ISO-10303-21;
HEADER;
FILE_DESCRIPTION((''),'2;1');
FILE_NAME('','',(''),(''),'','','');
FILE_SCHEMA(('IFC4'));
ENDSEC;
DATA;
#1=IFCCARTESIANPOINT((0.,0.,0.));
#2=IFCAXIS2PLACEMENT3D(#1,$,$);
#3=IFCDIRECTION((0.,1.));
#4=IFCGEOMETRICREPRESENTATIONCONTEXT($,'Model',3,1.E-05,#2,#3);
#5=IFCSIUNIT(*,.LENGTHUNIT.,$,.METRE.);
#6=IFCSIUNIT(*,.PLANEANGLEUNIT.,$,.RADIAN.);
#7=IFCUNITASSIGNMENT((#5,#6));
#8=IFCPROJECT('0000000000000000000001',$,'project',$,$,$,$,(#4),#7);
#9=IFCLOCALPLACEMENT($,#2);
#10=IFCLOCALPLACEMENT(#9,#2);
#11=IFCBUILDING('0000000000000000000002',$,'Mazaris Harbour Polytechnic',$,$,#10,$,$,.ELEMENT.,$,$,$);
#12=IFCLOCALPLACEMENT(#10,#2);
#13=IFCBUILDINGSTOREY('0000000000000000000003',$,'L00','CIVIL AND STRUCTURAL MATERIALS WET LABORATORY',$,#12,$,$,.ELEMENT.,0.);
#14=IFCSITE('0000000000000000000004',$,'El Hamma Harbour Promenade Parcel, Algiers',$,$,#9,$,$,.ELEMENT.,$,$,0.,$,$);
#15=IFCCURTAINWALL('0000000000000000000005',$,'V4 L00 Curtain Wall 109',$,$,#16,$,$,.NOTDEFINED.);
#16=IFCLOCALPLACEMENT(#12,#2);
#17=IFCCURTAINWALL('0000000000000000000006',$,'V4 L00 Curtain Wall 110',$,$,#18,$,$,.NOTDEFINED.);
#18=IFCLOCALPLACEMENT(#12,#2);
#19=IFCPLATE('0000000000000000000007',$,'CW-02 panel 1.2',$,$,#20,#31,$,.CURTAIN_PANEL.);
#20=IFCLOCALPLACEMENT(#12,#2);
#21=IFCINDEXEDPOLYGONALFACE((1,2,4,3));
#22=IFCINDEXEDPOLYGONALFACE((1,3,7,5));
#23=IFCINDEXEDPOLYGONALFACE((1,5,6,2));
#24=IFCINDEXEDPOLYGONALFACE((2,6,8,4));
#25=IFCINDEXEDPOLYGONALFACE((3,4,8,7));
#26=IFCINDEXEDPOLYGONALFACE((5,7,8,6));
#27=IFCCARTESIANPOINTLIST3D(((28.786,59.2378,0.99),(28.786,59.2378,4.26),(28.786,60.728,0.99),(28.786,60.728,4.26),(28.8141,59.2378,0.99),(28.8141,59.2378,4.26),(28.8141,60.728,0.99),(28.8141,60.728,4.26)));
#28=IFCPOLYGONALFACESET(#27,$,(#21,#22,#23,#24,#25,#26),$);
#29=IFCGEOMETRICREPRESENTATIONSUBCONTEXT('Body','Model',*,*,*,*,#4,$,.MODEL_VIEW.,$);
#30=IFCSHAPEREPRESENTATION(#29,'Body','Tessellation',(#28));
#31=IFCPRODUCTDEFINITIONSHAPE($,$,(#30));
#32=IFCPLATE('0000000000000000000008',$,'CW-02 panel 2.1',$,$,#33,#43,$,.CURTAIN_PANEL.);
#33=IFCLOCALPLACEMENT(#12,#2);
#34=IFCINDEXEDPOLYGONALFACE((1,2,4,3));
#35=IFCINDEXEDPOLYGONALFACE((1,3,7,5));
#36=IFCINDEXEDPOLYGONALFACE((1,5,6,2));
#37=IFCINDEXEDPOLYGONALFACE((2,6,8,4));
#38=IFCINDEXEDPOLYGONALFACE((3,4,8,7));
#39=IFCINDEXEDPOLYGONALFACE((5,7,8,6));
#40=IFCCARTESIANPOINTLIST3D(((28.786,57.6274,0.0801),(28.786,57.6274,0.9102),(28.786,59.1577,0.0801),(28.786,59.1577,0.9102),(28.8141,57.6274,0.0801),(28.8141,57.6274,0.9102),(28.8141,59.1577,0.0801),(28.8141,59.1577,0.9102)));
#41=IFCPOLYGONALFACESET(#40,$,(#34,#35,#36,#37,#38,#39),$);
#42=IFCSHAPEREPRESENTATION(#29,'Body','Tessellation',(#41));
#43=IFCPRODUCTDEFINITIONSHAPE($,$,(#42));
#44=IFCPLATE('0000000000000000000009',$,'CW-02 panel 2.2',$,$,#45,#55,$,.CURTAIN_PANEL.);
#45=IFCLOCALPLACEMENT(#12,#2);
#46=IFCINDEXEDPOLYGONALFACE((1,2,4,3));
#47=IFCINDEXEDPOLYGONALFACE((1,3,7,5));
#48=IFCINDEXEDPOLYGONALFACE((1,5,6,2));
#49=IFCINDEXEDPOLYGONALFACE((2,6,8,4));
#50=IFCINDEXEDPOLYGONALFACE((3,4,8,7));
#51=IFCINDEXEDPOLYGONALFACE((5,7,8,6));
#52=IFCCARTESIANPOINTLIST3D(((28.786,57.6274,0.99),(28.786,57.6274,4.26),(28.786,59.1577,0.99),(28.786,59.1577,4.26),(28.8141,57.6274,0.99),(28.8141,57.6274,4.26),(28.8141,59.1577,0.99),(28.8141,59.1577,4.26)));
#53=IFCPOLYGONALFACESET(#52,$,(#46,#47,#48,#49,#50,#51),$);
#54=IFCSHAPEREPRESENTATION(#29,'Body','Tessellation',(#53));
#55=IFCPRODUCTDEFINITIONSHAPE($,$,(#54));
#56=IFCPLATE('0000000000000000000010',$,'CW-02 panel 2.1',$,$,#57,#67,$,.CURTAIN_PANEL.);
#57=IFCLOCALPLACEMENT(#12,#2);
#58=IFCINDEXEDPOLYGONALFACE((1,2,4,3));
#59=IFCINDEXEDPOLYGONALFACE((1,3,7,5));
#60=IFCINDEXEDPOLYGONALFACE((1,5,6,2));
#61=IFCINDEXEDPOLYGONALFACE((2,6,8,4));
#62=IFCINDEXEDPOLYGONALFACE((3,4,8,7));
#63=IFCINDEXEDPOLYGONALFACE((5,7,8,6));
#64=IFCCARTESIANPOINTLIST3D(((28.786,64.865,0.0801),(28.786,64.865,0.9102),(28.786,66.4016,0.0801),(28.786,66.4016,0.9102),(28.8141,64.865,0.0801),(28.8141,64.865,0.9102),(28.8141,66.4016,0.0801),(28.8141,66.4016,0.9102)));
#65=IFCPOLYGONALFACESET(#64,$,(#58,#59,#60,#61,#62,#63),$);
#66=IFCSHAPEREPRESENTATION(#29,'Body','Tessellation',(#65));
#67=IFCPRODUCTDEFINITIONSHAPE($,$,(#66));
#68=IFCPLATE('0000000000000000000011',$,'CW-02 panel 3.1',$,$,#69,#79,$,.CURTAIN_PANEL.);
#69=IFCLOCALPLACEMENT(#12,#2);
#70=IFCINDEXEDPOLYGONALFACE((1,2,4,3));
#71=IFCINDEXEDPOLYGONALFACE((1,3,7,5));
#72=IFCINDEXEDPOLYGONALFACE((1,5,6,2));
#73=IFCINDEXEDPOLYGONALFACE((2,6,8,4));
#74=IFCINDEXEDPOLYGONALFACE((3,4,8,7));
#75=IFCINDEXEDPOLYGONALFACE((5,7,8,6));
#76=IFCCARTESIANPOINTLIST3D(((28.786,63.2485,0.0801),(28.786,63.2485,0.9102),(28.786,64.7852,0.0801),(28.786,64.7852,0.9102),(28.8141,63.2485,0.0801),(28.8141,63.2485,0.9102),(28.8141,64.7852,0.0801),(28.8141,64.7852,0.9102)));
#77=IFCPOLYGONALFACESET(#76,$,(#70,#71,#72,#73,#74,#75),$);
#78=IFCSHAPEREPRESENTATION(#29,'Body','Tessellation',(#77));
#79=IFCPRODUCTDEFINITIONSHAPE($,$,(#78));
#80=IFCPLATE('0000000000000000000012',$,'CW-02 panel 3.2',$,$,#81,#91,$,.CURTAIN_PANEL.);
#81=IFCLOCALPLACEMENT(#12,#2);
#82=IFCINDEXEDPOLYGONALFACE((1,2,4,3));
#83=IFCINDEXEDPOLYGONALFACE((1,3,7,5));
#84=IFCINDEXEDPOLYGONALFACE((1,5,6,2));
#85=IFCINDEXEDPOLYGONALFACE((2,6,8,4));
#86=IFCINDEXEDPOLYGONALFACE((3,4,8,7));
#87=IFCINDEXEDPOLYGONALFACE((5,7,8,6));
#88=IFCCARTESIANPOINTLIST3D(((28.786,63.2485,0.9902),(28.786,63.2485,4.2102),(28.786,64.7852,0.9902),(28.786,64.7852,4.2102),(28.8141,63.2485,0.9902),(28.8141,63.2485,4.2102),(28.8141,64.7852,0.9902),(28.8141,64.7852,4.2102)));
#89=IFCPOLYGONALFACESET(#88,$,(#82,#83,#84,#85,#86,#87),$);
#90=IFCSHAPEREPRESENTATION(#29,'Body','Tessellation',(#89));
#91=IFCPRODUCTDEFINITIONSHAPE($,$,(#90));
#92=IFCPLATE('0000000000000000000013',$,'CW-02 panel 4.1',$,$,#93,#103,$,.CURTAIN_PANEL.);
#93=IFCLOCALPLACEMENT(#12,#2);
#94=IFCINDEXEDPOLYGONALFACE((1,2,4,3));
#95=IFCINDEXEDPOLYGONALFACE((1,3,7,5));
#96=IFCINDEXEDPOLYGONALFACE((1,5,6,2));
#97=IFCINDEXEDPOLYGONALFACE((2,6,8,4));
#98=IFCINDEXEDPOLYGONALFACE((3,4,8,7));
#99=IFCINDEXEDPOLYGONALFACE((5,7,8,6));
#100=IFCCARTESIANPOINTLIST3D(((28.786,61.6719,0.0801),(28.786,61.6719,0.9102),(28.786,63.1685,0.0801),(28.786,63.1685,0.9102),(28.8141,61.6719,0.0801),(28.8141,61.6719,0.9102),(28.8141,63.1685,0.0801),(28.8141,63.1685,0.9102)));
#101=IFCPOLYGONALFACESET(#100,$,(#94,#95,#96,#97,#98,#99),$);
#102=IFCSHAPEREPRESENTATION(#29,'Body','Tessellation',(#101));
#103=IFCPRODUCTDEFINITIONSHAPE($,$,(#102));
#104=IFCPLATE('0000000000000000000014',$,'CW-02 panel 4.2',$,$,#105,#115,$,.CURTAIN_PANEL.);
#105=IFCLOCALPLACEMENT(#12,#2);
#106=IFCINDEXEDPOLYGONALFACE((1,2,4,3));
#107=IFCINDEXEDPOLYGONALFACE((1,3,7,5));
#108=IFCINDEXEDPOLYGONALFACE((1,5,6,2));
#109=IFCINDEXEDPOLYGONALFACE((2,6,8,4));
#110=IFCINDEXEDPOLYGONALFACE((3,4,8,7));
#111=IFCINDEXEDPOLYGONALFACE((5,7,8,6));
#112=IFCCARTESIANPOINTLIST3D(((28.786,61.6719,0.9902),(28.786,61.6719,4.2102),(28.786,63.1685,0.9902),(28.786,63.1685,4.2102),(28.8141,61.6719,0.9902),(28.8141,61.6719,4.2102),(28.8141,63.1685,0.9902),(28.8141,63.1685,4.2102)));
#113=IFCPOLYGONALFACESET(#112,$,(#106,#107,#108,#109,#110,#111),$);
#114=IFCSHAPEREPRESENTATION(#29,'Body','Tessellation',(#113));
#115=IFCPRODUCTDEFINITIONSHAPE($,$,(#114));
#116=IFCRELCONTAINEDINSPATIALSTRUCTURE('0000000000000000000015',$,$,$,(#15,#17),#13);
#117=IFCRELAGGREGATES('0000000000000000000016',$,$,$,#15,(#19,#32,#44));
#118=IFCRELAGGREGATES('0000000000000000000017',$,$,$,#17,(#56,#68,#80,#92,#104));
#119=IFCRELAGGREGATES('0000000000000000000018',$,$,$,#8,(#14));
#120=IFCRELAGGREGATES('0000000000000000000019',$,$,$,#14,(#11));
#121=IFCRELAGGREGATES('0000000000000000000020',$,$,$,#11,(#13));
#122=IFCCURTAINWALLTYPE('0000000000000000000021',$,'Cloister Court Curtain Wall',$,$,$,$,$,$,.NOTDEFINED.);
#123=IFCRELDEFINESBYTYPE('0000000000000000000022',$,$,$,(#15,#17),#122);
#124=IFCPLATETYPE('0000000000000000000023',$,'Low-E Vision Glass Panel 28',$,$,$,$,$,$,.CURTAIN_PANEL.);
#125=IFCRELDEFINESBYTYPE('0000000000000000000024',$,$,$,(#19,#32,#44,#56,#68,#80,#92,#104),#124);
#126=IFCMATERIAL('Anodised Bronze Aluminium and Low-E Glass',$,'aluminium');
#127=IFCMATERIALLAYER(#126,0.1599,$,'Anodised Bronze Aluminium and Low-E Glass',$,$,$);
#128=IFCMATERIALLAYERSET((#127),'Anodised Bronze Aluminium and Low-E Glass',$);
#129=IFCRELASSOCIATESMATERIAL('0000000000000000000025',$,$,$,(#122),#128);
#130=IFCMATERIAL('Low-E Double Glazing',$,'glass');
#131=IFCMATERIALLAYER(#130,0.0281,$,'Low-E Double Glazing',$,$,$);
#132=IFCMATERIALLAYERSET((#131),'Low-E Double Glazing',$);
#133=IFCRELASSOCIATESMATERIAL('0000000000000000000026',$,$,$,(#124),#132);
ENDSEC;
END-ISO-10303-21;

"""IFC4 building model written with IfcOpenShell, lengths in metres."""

from ifc_helpers import new_model, si_unit, direction, frame, origin, origin_2d, place, context, subcontext, project, spatial, rectangle, extrude, material, layer, layer_set, type_object, element, aggregate, save


model = new_model("IFC4")

# Units and contexts
model_context = context("Model", 3, precision=1e-05, world=origin(), true_north=direction((0.0, 1.0)))
body_context = subcontext(model_context, "Body", "Model", "MODEL_VIEW")
ifc_project = project(units=[si_unit("LENGTHUNIT", "METRE"), si_unit("PLANEANGLEUNIT", "RADIAN")], contexts=[model_context])

# Site, building, storey
site_placement = place(None, origin())
site = spatial("IfcSite", under=ifc_project, at=site_placement, Name="El Hamma Harbour Promenade Parcel, Algiers", CompositionType="ELEMENT", RefElevation=0.0)
building_placement = place(site_placement, origin())
building = spatial("IfcBuilding", under=site, at=building_placement, Name="Mazaris Harbour Polytechnic", CompositionType="ELEMENT")
storey_placement = place(building_placement, origin())
storey = spatial("IfcBuildingStorey", under=building, at=storey_placement, Name="L00", Description="CIVIL AND STRUCTURAL MATERIALS WET LABORATORY", CompositionType="ELEMENT", Elevation=0.0)

# Curtain walls
ifc_material_1 = material(Name="Anodised Bronze Aluminium and Low-E Glass", Category="aluminium")
ifc_layer_1 = layer(ifc_material_1, 0.1599, Name="Anodised Bronze Aluminium and Low-E Glass")
ifc_layer_set_1 = layer_set([ifc_layer_1], Name="Anodised Bronze Aluminium and Low-E Glass")
curtain_wall_type = type_object("IfcCurtainWallType", Name="Cloister Court Curtain Wall", PredefinedType="NOTDEFINED", material=ifc_layer_set_1)
curtain_wall_1_placement = place(storey_placement, origin())
curtain_wall_1 = element("IfcCurtainWall", 1, at=curtain_wall_1_placement, inside=storey, type_object=curtain_wall_type, Name="V4 L00 Curtain Wall 109", PredefinedType="NOTDEFINED")
curtain_wall_2_placement = place(storey_placement, origin())
curtain_wall_2 = element("IfcCurtainWall", 2, at=curtain_wall_2_placement, inside=storey, type_object=curtain_wall_type, Name="V4 L00 Curtain Wall 110", PredefinedType="NOTDEFINED")

# Plates
ifc_material_2 = material(Name="Low-E Double Glazing", Category="glass")
ifc_layer_2 = layer(ifc_material_2, 0.0281, Name="Low-E Double Glazing")
ifc_layer_set_2 = layer_set([ifc_layer_2], Name="Low-E Double Glazing")
plate_type = type_object("IfcPlateType", Name="Low-E Vision Glass Panel 28", PredefinedType="CURTAIN_PANEL", material=ifc_layer_set_2)
plate_1_placement = place(storey_placement, frame((28.8, 59.9829, 0.99), z_axis=(0.0, 0.0, 1.0), x_axis=(0.0, -1.0, 0.0)))
plate_1 = element("IfcPlate", 3, at=plate_1_placement, type_object=plate_type, Name="CW-02 panel 1.2", PredefinedType="CURTAIN_PANEL", context=body_context, shape_type="SweptSolid", body=[
    extrude(rectangle(XDim=1.4902, YDim=0.0281, at=origin_2d()), origin(), (0.0, 0.0, 1.0), 3.27),
])
plate_2_placement = place(storey_placement, frame((28.8, 58.3926, 0.0801), z_axis=(0.0, 0.0, 1.0), x_axis=(0.0, -1.0, 0.0)))
plate_2 = element("IfcPlate", 4, at=plate_2_placement, type_object=plate_type, Name="CW-02 panel 2.1", PredefinedType="CURTAIN_PANEL", context=body_context, shape_type="SweptSolid", body=[
    extrude(rectangle(XDim=1.5303, YDim=0.0281, at=origin_2d()), origin(), (0.0, 0.0, 1.0), 0.8301),
])
plate_3_placement = place(storey_placement, frame((28.8, 58.3926, 0.99), z_axis=(0.0, 0.0, 1.0), x_axis=(0.0, -1.0, 0.0)))
plate_3 = element("IfcPlate", 5, at=plate_3_placement, type_object=plate_type, Name="CW-02 panel 2.2", PredefinedType="CURTAIN_PANEL", context=body_context, shape_type="SweptSolid", body=[
    extrude(rectangle(XDim=1.5303, YDim=0.0281, at=origin_2d()), origin(), (0.0, 0.0, 1.0), 3.27),
])
aggregate(curtain_wall_1, [plate_1, plate_2, plate_3])
plate_4_placement = place(storey_placement, frame((28.8, 65.6333, 0.0801), z_axis=(0.0, 0.0, 1.0), x_axis=(0.0, -1.0, 0.0)))
plate_4 = element("IfcPlate", 6, at=plate_4_placement, type_object=plate_type, Name="CW-02 panel 2.1", PredefinedType="CURTAIN_PANEL", context=body_context, shape_type="SweptSolid", body=[
    extrude(rectangle(XDim=1.5366, YDim=0.0281, at=origin_2d()), origin(), (0.0, 0.0, 1.0), 0.8301),
])
plate_5_placement = place(storey_placement, frame((28.8, 64.0168, 0.0801), z_axis=(0.0, 0.0, 1.0), x_axis=(0.0, -1.0, 0.0)))
plate_5 = element("IfcPlate", 7, at=plate_5_placement, type_object=plate_type, Name="CW-02 panel 3.1", PredefinedType="CURTAIN_PANEL", context=body_context, shape_type="SweptSolid", body=[
    extrude(rectangle(XDim=1.5366, YDim=0.0281, at=origin_2d()), origin(), (0.0, 0.0, 1.0), 0.8301),
])
plate_6_placement = place(storey_placement, frame((28.8, 64.0168, 0.9902), z_axis=(0.0, 0.0, 1.0), x_axis=(0.0, -1.0, 0.0)))
plate_6 = element("IfcPlate", 8, at=plate_6_placement, type_object=plate_type, Name="CW-02 panel 3.2", PredefinedType="CURTAIN_PANEL", context=body_context, shape_type="SweptSolid", body=[
    extrude(rectangle(XDim=1.5366, YDim=0.0281, at=origin_2d()), origin(), (0.0, 0.0, 1.0), 3.22),
])
plate_7_placement = place(storey_placement, frame((28.8, 62.4202, 0.0801), z_axis=(0.0, 0.0, 1.0), x_axis=(0.0, -1.0, 0.0)))
plate_7 = element("IfcPlate", 9, at=plate_7_placement, type_object=plate_type, Name="CW-02 panel 4.1", PredefinedType="CURTAIN_PANEL", context=body_context, shape_type="SweptSolid", body=[
    extrude(rectangle(XDim=1.4966, YDim=0.0281, at=origin_2d()), origin(), (0.0, 0.0, 1.0), 0.8301),
])
plate_8_placement = place(storey_placement, frame((28.8, 62.4202, 0.9902), z_axis=(0.0, 0.0, 1.0), x_axis=(0.0, -1.0, 0.0)))
plate_8 = element("IfcPlate", 10, at=plate_8_placement, type_object=plate_type, Name="CW-02 panel 4.2", PredefinedType="CURTAIN_PANEL", context=body_context, shape_type="SweptSolid", body=[
    extrude(rectangle(XDim=1.4966, YDim=0.0281, at=origin_2d()), origin(), (0.0, 0.0, 1.0), 3.22),
])
aggregate(curtain_wall_2, [plate_4, plate_5, plate_6, plate_7, plate_8])

save(model, "model.ifc")
